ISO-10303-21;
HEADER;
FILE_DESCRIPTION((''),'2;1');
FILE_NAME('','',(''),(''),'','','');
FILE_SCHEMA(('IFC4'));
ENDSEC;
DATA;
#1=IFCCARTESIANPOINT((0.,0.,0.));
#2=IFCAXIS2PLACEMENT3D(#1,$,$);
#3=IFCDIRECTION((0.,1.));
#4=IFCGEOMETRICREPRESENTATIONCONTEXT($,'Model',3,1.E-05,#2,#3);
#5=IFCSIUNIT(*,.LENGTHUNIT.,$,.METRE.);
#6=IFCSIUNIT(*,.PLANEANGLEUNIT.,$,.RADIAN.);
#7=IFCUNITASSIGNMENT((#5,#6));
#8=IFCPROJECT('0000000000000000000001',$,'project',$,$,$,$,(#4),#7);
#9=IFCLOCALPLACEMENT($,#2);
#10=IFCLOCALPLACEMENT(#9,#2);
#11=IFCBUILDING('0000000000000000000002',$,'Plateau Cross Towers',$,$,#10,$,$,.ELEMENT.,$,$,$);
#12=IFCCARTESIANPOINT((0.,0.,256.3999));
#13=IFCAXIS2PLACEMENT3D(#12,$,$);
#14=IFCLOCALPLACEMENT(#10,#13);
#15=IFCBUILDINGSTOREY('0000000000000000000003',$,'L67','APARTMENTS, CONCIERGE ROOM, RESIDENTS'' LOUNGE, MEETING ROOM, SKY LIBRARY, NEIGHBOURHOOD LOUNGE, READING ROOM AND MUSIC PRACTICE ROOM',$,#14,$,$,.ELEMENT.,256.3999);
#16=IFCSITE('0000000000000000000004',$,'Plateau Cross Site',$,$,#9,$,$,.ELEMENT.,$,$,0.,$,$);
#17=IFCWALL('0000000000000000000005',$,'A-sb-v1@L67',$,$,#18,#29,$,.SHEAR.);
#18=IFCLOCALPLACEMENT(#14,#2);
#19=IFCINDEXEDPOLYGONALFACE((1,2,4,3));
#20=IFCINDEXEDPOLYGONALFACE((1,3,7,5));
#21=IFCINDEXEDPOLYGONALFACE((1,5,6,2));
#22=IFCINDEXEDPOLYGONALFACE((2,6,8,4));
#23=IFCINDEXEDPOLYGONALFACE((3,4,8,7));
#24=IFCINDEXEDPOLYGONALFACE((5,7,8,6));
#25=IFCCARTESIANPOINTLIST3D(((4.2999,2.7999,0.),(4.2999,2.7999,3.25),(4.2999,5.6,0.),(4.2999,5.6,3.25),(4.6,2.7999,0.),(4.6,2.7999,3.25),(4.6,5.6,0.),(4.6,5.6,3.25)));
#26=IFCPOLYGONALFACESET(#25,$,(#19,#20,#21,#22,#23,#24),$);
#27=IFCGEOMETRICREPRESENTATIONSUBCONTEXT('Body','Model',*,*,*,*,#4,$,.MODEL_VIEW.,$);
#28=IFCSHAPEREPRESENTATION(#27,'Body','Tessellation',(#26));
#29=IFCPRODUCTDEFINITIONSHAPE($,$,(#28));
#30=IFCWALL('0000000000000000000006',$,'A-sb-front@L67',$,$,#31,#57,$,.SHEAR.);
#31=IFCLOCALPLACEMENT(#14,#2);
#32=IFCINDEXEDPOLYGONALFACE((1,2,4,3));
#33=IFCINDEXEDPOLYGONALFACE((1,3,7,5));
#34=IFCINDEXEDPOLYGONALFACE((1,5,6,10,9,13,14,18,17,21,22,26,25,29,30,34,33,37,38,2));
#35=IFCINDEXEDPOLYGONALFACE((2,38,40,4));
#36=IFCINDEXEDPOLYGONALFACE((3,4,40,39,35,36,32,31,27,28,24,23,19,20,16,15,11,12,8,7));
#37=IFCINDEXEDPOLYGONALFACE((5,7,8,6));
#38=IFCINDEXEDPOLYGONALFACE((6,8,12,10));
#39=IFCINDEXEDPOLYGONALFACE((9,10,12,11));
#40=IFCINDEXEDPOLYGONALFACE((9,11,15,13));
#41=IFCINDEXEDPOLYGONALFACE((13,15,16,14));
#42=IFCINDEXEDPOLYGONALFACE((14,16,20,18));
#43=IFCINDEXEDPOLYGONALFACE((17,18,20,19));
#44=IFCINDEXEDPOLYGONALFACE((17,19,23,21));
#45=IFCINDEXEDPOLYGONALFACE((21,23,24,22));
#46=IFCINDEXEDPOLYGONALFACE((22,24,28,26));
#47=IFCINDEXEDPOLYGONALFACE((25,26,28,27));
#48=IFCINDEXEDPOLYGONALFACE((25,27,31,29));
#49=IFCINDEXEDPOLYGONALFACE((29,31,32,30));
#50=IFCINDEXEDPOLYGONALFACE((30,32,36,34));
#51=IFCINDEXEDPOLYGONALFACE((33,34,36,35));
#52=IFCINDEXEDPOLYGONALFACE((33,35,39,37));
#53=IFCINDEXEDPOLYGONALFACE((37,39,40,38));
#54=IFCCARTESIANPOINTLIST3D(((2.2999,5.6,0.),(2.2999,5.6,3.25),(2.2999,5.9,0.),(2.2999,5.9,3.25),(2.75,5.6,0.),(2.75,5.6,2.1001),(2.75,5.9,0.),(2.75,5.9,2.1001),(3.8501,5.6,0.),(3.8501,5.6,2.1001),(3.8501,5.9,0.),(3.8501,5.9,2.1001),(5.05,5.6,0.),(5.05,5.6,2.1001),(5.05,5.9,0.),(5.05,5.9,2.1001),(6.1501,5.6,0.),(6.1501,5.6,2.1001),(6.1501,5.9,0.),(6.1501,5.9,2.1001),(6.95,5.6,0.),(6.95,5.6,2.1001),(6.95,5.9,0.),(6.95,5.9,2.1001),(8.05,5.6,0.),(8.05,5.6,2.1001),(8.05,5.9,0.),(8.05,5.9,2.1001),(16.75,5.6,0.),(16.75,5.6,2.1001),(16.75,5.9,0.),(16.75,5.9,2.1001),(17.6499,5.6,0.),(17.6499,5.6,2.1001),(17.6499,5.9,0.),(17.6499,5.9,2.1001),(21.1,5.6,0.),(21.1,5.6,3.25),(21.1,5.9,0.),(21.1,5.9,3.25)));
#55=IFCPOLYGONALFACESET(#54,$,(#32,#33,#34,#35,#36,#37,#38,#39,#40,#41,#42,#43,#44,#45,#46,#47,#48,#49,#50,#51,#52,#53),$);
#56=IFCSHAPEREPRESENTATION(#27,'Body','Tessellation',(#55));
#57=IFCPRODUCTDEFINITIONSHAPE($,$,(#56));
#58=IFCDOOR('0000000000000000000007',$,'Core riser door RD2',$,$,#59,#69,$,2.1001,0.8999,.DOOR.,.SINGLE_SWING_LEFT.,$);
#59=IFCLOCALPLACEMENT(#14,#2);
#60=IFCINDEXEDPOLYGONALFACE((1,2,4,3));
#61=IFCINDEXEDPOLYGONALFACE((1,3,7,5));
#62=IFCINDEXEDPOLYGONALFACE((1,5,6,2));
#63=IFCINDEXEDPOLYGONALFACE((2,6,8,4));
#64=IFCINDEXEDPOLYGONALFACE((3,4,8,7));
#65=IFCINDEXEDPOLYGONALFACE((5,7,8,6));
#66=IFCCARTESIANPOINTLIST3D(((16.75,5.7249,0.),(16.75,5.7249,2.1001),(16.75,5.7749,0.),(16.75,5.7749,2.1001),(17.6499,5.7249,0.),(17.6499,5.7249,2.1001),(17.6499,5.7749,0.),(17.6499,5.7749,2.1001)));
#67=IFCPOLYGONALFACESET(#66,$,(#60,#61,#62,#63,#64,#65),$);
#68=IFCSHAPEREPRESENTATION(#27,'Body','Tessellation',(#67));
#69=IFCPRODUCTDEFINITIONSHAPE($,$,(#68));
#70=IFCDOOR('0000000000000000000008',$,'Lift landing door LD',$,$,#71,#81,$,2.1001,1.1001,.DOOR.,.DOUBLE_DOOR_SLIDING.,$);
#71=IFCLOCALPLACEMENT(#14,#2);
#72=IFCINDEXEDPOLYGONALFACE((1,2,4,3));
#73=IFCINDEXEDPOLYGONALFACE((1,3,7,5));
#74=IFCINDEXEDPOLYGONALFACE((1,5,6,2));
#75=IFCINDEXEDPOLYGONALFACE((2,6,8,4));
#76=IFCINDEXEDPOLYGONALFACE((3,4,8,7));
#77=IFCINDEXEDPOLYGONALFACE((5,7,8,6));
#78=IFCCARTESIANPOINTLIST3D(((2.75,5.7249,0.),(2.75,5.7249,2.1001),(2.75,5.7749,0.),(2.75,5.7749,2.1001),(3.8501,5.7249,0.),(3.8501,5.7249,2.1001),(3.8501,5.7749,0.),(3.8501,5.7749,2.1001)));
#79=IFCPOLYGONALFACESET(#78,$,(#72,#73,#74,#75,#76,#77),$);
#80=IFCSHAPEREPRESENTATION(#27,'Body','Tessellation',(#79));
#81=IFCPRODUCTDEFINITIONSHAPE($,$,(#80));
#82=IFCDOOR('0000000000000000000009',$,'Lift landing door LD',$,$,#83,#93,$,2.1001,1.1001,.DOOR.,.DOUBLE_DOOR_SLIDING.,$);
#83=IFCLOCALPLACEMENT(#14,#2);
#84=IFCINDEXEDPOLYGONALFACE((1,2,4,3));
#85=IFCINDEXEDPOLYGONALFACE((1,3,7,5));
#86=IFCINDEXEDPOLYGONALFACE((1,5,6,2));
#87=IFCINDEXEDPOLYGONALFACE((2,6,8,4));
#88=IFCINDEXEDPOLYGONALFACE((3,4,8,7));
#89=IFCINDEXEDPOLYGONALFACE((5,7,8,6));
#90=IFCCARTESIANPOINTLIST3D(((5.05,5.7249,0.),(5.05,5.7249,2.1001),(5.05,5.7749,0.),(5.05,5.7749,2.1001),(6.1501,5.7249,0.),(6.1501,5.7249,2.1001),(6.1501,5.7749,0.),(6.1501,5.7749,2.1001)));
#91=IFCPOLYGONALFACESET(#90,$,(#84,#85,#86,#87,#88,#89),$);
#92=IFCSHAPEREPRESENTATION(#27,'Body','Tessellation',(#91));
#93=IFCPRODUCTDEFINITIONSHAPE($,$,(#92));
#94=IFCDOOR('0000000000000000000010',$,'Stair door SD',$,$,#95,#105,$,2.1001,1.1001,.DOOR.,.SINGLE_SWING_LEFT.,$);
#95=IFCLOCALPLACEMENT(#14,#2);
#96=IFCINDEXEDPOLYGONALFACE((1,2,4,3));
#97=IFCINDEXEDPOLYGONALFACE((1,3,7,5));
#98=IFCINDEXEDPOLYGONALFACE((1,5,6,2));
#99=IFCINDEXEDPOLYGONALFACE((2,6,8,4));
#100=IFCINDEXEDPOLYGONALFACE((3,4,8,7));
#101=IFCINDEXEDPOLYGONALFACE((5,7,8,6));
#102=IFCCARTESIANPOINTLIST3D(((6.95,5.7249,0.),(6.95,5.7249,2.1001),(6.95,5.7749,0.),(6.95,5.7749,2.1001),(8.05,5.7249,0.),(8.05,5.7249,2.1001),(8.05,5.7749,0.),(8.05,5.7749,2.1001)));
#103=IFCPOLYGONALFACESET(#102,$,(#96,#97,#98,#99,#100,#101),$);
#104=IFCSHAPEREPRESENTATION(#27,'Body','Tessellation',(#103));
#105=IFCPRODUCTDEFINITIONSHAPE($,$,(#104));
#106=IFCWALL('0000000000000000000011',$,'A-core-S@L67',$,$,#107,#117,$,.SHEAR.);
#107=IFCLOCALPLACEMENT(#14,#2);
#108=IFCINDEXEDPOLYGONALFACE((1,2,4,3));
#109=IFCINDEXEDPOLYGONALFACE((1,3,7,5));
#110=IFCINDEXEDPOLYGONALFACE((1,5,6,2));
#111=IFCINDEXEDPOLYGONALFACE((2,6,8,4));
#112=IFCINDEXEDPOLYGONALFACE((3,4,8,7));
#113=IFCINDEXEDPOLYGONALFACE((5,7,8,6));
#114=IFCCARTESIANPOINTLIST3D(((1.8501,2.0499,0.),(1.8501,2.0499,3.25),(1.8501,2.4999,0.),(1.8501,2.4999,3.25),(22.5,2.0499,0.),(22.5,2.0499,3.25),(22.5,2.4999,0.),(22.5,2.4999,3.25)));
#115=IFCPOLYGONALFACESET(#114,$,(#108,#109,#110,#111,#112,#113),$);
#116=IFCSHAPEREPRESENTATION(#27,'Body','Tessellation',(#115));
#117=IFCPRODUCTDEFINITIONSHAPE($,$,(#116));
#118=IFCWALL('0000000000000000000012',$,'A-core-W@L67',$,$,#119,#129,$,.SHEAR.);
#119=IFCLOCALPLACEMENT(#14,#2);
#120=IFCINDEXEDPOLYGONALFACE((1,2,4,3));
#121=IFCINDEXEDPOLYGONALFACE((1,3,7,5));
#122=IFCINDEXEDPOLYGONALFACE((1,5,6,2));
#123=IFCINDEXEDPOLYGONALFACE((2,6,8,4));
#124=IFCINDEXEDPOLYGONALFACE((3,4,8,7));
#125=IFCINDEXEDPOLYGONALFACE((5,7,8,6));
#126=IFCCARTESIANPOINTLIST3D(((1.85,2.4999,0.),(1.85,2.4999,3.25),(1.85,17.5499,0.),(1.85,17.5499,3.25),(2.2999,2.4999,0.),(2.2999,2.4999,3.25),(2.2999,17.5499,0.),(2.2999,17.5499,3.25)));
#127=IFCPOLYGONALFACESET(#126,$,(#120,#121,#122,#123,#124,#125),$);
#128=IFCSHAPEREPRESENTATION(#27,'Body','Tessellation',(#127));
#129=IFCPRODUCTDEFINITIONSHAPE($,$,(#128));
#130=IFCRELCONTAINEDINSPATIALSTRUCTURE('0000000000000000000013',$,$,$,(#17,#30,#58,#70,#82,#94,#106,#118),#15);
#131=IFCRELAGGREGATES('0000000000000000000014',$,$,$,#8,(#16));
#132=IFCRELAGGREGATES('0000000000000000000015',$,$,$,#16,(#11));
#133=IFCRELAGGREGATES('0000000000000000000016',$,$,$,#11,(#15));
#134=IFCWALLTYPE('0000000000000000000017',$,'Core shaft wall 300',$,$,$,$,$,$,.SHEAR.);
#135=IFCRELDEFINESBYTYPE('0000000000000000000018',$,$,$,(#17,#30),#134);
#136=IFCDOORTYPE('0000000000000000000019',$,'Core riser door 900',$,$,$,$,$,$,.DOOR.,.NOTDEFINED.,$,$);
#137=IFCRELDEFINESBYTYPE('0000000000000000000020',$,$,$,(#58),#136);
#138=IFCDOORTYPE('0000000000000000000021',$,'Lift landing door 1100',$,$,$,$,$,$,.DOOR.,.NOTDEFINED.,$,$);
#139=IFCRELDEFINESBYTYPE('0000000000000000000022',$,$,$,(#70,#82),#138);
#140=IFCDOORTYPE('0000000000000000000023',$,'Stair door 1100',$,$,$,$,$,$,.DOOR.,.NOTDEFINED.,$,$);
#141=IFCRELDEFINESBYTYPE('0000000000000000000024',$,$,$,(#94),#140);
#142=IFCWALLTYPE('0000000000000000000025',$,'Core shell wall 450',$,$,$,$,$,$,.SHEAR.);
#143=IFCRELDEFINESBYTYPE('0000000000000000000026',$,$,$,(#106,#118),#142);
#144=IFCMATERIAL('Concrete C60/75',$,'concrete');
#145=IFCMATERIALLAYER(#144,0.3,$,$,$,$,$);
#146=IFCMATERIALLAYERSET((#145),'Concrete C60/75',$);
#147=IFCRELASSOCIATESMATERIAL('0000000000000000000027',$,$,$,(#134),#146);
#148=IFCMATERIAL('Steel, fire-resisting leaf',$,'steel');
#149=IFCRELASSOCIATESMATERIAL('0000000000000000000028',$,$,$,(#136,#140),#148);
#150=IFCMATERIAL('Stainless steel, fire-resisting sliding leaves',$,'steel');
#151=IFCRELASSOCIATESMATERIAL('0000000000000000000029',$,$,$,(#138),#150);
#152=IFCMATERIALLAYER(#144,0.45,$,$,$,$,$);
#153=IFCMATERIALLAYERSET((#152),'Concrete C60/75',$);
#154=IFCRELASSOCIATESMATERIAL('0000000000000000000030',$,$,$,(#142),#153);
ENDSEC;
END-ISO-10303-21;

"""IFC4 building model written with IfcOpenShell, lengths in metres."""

from ifc_helpers import new_model, si_unit, direction, frame, frame_2d, origin, place, context, subcontext, project, spatial, rectangle, extrude, material, layer, layer_set, type_object, element, fill, save


model = new_model("IFC4")

# Units and contexts
model_context = context("Model", 3, precision=1e-05, world=origin(), true_north=direction((0.0, 1.0)))
body_context = subcontext(model_context, "Body", "Model", "MODEL_VIEW")
ifc_project = project(units=[si_unit("LENGTHUNIT", "METRE"), si_unit("PLANEANGLEUNIT", "RADIAN")], contexts=[model_context])

# Site, building, storey
site_placement = place(None, origin())
site = spatial("IfcSite", under=ifc_project, at=site_placement, Name="Plateau Cross Site", CompositionType="ELEMENT", RefElevation=0.0)
building_placement = place(site_placement, origin())
building = spatial("IfcBuilding", under=site, at=building_placement, Name="Plateau Cross Towers", CompositionType="ELEMENT")
storey_placement = place(building_placement, frame((0.0, 0.0, 256.3999)))
storey = spatial("IfcBuildingStorey", under=building, at=storey_placement, Name="L67", Description="APARTMENTS, CONCIERGE ROOM, RESIDENTS' LOUNGE, MEETING ROOM, SKY LIBRARY, NEIGHBOURHOOD LOUNGE, READING ROOM AND MUSIC PRACTICE ROOM", CompositionType="ELEMENT", Elevation=256.3999)

# Shared definitions
ifc_material_1 = material(Name="Concrete C60/75", Category="concrete")

# Wall
ifc_layer_1 = layer(ifc_material_1, 0.3)
ifc_layer_set_1 = layer_set([ifc_layer_1], Name="Concrete C60/75")
wall_type_1 = type_object("IfcWallType", Name="Core shaft wall 300", PredefinedType="SHEAR", material=ifc_layer_set_1)
wall_1_placement = place(storey_placement, frame((4.45, 2.8, 0.0), z_axis=(0.0, 0.0, 1.0), x_axis=(0.0, 1.0, 0.0)))
element("IfcWall", 1, at=wall_1_placement, inside=storey, type_object=wall_type_1, Name="A-sb-v1@L67", PredefinedType="SHEAR", context=body_context, shape_type="SweptSolid", body=[
    extrude(rectangle(XDim=2.8, YDim=0.3, at=frame_2d((1.3999, 0.0))), origin(), (0.0, 0.0, 1.0), 3.25),
])

# Wall, openings, doors
wall_2_placement = place(storey_placement, frame((2.3, 5.75, 0.0), z_axis=(0.0, 0.0, 1.0), x_axis=(1.0, 0.0, 0.0)))
wall_2 = element("IfcWall", 2, at=wall_2_placement, inside=storey, type_object=wall_type_1, Name="A-sb-front@L67", PredefinedType="SHEAR", context=body_context, shape_type="SweptSolid", body=[
    extrude(rectangle(XDim=18.8, YDim=0.3, at=frame_2d((9.3999, 0.0))), origin(), (0.0, 0.0, 1.0), 3.25),
])
opening_1_placement = place(wall_2_placement, frame((4.6499, 0.0, 0.0)))
opening_1 = element("IfcOpeningElement", 3, at=opening_1_placement, cuts=wall_2, PredefinedType="OPENING", context=body_context, shape_type="SweptSolid", body=[
    extrude(rectangle(XDim=1.1001, YDim=2.1001, at=frame_2d((0.55, 1.05))), frame((0.0, 0.1599, 0.0), z_axis=(0.0, -1.0, 0.0), x_axis=(1.0, 0.0, 0.0)), (0.0, 0.0, 1.0), 0.3201),
])
opening_2_placement = place(wall_2_placement, frame((0.45, 0.0, 0.0)))
opening_2 = element("IfcOpeningElement", 4, at=opening_2_placement, cuts=wall_2, PredefinedType="OPENING", context=body_context, shape_type="SweptSolid", body=[
    extrude(rectangle(XDim=1.1001, YDim=2.1001, at=frame_2d((0.55, 1.05))), frame((0.0, 0.1599, 0.0), z_axis=(0.0, -1.0, 0.0), x_axis=(1.0, 0.0, 0.0)), (0.0, 0.0, 1.0), 0.3201),
])
opening_3_placement = place(wall_2_placement, frame((2.75, 0.0, 0.0)))
opening_3 = element("IfcOpeningElement", 5, at=opening_3_placement, cuts=wall_2, PredefinedType="OPENING", context=body_context, shape_type="SweptSolid", body=[
    extrude(rectangle(XDim=1.1001, YDim=2.1001, at=frame_2d((0.55, 1.05))), frame((0.0, 0.1599, 0.0), z_axis=(0.0, -1.0, 0.0), x_axis=(1.0, 0.0, 0.0)), (0.0, 0.0, 1.0), 0.3201),
])
opening_4_placement = place(wall_2_placement, frame((14.45, 0.0, 0.0)))
opening_4 = element("IfcOpeningElement", 6, at=opening_4_placement, cuts=wall_2, PredefinedType="OPENING", context=body_context, shape_type="SweptSolid", body=[
    extrude(rectangle(XDim=0.8999, YDim=2.1001, at=frame_2d((0.45, 1.05))), frame((0.0, 0.1599, 0.0), z_axis=(0.0, -1.0, 0.0), x_axis=(1.0, 0.0, 0.0)), (0.0, 0.0, 1.0), 0.3201),
])
ifc_material_2 = material(Name="Steel, fire-resisting leaf", Category="steel")
door_type_1 = type_object("IfcDoorType", Name="Core riser door 900", OperationType="NOTDEFINED", PredefinedType="DOOR", material=ifc_material_2)
door_1_placement = place(opening_4_placement, origin())
door_1 = element("IfcDoor", 7, at=door_1_placement, inside=storey, type_object=door_type_1, Name="Core riser door RD2", OperationType="SINGLE_SWING_LEFT", OverallHeight=2.1001, OverallWidth=0.8999, PredefinedType="DOOR", context=body_context, shape_type="SweptSolid", body=[
    extrude(rectangle(XDim=0.8999, YDim=2.1001, at=frame_2d((0.45, 1.05))), frame((0.0, 0.0249, 0.0), z_axis=(0.0, -1.0, 0.0), x_axis=(1.0, 0.0, 0.0)), (0.0, 0.0, 1.0), 0.05),
])
fill(opening_4, door_1)
ifc_material_3 = material(Name="Stainless steel, fire-resisting sliding leaves", Category="steel")
door_type_2 = type_object("IfcDoorType", Name="Lift landing door 1100", OperationType="NOTDEFINED", PredefinedType="DOOR", material=ifc_material_3)
door_2_placement = place(opening_2_placement, origin())
door_2 = element("IfcDoor", 8, at=door_2_placement, inside=storey, type_object=door_type_2, Name="Lift landing door LD", OperationType="DOUBLE_DOOR_SLIDING", OverallHeight=2.1001, OverallWidth=1.1001, PredefinedType="DOOR", context=body_context, shape_type="SweptSolid", body=[
    extrude(rectangle(XDim=1.1001, YDim=2.1001, at=frame_2d((0.55, 1.05))), frame((0.0, 0.0249, 0.0), z_axis=(0.0, -1.0, 0.0), x_axis=(1.0, 0.0, 0.0)), (0.0, 0.0, 1.0), 0.05),
])
fill(opening_2, door_2)
door_3_placement = place(opening_3_placement, origin())
door_3 = element("IfcDoor", 9, at=door_3_placement, inside=storey, type_object=door_type_2, Name="Lift landing door LD", OperationType="DOUBLE_DOOR_SLIDING", OverallHeight=2.1001, OverallWidth=1.1001, PredefinedType="DOOR", context=body_context, shape_type="SweptSolid", body=[
    extrude(rectangle(XDim=1.1001, YDim=2.1001, at=frame_2d((0.55, 1.05))), frame((0.0, 0.0249, 0.0), z_axis=(0.0, -1.0, 0.0), x_axis=(1.0, 0.0, 0.0)), (0.0, 0.0, 1.0), 0.05),
])
fill(opening_3, door_3)
door_type_3 = type_object("IfcDoorType", Name="Stair door 1100", OperationType="NOTDEFINED", PredefinedType="DOOR", material=ifc_material_2)
door_4_placement = place(opening_1_placement, origin())
door_4 = element("IfcDoor", 10, at=door_4_placement, inside=storey, type_object=door_type_3, Name="Stair door SD", OperationType="SINGLE_SWING_LEFT", OverallHeight=2.1001, OverallWidth=1.1001, PredefinedType="DOOR", context=body_context, shape_type="SweptSolid", body=[
    extrude(rectangle(XDim=1.1001, YDim=2.1001, at=frame_2d((0.55, 1.05))), frame((0.0, 0.0249, 0.0), z_axis=(0.0, -1.0, 0.0), x_axis=(1.0, 0.0, 0.0)), (0.0, 0.0, 1.0), 0.05),
])
fill(opening_1, door_4)

# Walls
ifc_layer_2 = layer(ifc_material_1, 0.45)
ifc_layer_set_2 = layer_set([ifc_layer_2], Name="Concrete C60/75")
wall_type_2 = type_object("IfcWallType", Name="Core shell wall 450", PredefinedType="SHEAR", material=ifc_layer_set_2)
wall_3_placement = place(storey_placement, frame((1.8501, 2.2749, 0.0), z_axis=(0.0, 0.0, 1.0), x_axis=(1.0, 0.0, 0.0)))
element("IfcWall", 11, at=wall_3_placement, inside=storey, type_object=wall_type_2, Name="A-core-S@L67", PredefinedType="SHEAR", context=body_context, shape_type="SweptSolid", body=[
    extrude(rectangle(XDim=20.6499, YDim=0.45, at=frame_2d((10.325, 0.0))), origin(), (0.0, 0.0, 1.0), 3.25),
])
wall_4_placement = place(storey_placement, frame((2.075, 2.5, 0.0), z_axis=(0.0, 0.0, 1.0), x_axis=(0.0, 1.0, 0.0)))
element("IfcWall", 12, at=wall_4_placement, inside=storey, type_object=wall_type_2, Name="A-core-W@L67", PredefinedType="SHEAR", context=body_context, shape_type="SweptSolid", body=[
    extrude(rectangle(XDim=15.05, YDim=0.45, at=frame_2d((7.5249, 0.0))), origin(), (0.0, 0.0, 1.0), 3.25),
])

save(model, "model.ifc")
